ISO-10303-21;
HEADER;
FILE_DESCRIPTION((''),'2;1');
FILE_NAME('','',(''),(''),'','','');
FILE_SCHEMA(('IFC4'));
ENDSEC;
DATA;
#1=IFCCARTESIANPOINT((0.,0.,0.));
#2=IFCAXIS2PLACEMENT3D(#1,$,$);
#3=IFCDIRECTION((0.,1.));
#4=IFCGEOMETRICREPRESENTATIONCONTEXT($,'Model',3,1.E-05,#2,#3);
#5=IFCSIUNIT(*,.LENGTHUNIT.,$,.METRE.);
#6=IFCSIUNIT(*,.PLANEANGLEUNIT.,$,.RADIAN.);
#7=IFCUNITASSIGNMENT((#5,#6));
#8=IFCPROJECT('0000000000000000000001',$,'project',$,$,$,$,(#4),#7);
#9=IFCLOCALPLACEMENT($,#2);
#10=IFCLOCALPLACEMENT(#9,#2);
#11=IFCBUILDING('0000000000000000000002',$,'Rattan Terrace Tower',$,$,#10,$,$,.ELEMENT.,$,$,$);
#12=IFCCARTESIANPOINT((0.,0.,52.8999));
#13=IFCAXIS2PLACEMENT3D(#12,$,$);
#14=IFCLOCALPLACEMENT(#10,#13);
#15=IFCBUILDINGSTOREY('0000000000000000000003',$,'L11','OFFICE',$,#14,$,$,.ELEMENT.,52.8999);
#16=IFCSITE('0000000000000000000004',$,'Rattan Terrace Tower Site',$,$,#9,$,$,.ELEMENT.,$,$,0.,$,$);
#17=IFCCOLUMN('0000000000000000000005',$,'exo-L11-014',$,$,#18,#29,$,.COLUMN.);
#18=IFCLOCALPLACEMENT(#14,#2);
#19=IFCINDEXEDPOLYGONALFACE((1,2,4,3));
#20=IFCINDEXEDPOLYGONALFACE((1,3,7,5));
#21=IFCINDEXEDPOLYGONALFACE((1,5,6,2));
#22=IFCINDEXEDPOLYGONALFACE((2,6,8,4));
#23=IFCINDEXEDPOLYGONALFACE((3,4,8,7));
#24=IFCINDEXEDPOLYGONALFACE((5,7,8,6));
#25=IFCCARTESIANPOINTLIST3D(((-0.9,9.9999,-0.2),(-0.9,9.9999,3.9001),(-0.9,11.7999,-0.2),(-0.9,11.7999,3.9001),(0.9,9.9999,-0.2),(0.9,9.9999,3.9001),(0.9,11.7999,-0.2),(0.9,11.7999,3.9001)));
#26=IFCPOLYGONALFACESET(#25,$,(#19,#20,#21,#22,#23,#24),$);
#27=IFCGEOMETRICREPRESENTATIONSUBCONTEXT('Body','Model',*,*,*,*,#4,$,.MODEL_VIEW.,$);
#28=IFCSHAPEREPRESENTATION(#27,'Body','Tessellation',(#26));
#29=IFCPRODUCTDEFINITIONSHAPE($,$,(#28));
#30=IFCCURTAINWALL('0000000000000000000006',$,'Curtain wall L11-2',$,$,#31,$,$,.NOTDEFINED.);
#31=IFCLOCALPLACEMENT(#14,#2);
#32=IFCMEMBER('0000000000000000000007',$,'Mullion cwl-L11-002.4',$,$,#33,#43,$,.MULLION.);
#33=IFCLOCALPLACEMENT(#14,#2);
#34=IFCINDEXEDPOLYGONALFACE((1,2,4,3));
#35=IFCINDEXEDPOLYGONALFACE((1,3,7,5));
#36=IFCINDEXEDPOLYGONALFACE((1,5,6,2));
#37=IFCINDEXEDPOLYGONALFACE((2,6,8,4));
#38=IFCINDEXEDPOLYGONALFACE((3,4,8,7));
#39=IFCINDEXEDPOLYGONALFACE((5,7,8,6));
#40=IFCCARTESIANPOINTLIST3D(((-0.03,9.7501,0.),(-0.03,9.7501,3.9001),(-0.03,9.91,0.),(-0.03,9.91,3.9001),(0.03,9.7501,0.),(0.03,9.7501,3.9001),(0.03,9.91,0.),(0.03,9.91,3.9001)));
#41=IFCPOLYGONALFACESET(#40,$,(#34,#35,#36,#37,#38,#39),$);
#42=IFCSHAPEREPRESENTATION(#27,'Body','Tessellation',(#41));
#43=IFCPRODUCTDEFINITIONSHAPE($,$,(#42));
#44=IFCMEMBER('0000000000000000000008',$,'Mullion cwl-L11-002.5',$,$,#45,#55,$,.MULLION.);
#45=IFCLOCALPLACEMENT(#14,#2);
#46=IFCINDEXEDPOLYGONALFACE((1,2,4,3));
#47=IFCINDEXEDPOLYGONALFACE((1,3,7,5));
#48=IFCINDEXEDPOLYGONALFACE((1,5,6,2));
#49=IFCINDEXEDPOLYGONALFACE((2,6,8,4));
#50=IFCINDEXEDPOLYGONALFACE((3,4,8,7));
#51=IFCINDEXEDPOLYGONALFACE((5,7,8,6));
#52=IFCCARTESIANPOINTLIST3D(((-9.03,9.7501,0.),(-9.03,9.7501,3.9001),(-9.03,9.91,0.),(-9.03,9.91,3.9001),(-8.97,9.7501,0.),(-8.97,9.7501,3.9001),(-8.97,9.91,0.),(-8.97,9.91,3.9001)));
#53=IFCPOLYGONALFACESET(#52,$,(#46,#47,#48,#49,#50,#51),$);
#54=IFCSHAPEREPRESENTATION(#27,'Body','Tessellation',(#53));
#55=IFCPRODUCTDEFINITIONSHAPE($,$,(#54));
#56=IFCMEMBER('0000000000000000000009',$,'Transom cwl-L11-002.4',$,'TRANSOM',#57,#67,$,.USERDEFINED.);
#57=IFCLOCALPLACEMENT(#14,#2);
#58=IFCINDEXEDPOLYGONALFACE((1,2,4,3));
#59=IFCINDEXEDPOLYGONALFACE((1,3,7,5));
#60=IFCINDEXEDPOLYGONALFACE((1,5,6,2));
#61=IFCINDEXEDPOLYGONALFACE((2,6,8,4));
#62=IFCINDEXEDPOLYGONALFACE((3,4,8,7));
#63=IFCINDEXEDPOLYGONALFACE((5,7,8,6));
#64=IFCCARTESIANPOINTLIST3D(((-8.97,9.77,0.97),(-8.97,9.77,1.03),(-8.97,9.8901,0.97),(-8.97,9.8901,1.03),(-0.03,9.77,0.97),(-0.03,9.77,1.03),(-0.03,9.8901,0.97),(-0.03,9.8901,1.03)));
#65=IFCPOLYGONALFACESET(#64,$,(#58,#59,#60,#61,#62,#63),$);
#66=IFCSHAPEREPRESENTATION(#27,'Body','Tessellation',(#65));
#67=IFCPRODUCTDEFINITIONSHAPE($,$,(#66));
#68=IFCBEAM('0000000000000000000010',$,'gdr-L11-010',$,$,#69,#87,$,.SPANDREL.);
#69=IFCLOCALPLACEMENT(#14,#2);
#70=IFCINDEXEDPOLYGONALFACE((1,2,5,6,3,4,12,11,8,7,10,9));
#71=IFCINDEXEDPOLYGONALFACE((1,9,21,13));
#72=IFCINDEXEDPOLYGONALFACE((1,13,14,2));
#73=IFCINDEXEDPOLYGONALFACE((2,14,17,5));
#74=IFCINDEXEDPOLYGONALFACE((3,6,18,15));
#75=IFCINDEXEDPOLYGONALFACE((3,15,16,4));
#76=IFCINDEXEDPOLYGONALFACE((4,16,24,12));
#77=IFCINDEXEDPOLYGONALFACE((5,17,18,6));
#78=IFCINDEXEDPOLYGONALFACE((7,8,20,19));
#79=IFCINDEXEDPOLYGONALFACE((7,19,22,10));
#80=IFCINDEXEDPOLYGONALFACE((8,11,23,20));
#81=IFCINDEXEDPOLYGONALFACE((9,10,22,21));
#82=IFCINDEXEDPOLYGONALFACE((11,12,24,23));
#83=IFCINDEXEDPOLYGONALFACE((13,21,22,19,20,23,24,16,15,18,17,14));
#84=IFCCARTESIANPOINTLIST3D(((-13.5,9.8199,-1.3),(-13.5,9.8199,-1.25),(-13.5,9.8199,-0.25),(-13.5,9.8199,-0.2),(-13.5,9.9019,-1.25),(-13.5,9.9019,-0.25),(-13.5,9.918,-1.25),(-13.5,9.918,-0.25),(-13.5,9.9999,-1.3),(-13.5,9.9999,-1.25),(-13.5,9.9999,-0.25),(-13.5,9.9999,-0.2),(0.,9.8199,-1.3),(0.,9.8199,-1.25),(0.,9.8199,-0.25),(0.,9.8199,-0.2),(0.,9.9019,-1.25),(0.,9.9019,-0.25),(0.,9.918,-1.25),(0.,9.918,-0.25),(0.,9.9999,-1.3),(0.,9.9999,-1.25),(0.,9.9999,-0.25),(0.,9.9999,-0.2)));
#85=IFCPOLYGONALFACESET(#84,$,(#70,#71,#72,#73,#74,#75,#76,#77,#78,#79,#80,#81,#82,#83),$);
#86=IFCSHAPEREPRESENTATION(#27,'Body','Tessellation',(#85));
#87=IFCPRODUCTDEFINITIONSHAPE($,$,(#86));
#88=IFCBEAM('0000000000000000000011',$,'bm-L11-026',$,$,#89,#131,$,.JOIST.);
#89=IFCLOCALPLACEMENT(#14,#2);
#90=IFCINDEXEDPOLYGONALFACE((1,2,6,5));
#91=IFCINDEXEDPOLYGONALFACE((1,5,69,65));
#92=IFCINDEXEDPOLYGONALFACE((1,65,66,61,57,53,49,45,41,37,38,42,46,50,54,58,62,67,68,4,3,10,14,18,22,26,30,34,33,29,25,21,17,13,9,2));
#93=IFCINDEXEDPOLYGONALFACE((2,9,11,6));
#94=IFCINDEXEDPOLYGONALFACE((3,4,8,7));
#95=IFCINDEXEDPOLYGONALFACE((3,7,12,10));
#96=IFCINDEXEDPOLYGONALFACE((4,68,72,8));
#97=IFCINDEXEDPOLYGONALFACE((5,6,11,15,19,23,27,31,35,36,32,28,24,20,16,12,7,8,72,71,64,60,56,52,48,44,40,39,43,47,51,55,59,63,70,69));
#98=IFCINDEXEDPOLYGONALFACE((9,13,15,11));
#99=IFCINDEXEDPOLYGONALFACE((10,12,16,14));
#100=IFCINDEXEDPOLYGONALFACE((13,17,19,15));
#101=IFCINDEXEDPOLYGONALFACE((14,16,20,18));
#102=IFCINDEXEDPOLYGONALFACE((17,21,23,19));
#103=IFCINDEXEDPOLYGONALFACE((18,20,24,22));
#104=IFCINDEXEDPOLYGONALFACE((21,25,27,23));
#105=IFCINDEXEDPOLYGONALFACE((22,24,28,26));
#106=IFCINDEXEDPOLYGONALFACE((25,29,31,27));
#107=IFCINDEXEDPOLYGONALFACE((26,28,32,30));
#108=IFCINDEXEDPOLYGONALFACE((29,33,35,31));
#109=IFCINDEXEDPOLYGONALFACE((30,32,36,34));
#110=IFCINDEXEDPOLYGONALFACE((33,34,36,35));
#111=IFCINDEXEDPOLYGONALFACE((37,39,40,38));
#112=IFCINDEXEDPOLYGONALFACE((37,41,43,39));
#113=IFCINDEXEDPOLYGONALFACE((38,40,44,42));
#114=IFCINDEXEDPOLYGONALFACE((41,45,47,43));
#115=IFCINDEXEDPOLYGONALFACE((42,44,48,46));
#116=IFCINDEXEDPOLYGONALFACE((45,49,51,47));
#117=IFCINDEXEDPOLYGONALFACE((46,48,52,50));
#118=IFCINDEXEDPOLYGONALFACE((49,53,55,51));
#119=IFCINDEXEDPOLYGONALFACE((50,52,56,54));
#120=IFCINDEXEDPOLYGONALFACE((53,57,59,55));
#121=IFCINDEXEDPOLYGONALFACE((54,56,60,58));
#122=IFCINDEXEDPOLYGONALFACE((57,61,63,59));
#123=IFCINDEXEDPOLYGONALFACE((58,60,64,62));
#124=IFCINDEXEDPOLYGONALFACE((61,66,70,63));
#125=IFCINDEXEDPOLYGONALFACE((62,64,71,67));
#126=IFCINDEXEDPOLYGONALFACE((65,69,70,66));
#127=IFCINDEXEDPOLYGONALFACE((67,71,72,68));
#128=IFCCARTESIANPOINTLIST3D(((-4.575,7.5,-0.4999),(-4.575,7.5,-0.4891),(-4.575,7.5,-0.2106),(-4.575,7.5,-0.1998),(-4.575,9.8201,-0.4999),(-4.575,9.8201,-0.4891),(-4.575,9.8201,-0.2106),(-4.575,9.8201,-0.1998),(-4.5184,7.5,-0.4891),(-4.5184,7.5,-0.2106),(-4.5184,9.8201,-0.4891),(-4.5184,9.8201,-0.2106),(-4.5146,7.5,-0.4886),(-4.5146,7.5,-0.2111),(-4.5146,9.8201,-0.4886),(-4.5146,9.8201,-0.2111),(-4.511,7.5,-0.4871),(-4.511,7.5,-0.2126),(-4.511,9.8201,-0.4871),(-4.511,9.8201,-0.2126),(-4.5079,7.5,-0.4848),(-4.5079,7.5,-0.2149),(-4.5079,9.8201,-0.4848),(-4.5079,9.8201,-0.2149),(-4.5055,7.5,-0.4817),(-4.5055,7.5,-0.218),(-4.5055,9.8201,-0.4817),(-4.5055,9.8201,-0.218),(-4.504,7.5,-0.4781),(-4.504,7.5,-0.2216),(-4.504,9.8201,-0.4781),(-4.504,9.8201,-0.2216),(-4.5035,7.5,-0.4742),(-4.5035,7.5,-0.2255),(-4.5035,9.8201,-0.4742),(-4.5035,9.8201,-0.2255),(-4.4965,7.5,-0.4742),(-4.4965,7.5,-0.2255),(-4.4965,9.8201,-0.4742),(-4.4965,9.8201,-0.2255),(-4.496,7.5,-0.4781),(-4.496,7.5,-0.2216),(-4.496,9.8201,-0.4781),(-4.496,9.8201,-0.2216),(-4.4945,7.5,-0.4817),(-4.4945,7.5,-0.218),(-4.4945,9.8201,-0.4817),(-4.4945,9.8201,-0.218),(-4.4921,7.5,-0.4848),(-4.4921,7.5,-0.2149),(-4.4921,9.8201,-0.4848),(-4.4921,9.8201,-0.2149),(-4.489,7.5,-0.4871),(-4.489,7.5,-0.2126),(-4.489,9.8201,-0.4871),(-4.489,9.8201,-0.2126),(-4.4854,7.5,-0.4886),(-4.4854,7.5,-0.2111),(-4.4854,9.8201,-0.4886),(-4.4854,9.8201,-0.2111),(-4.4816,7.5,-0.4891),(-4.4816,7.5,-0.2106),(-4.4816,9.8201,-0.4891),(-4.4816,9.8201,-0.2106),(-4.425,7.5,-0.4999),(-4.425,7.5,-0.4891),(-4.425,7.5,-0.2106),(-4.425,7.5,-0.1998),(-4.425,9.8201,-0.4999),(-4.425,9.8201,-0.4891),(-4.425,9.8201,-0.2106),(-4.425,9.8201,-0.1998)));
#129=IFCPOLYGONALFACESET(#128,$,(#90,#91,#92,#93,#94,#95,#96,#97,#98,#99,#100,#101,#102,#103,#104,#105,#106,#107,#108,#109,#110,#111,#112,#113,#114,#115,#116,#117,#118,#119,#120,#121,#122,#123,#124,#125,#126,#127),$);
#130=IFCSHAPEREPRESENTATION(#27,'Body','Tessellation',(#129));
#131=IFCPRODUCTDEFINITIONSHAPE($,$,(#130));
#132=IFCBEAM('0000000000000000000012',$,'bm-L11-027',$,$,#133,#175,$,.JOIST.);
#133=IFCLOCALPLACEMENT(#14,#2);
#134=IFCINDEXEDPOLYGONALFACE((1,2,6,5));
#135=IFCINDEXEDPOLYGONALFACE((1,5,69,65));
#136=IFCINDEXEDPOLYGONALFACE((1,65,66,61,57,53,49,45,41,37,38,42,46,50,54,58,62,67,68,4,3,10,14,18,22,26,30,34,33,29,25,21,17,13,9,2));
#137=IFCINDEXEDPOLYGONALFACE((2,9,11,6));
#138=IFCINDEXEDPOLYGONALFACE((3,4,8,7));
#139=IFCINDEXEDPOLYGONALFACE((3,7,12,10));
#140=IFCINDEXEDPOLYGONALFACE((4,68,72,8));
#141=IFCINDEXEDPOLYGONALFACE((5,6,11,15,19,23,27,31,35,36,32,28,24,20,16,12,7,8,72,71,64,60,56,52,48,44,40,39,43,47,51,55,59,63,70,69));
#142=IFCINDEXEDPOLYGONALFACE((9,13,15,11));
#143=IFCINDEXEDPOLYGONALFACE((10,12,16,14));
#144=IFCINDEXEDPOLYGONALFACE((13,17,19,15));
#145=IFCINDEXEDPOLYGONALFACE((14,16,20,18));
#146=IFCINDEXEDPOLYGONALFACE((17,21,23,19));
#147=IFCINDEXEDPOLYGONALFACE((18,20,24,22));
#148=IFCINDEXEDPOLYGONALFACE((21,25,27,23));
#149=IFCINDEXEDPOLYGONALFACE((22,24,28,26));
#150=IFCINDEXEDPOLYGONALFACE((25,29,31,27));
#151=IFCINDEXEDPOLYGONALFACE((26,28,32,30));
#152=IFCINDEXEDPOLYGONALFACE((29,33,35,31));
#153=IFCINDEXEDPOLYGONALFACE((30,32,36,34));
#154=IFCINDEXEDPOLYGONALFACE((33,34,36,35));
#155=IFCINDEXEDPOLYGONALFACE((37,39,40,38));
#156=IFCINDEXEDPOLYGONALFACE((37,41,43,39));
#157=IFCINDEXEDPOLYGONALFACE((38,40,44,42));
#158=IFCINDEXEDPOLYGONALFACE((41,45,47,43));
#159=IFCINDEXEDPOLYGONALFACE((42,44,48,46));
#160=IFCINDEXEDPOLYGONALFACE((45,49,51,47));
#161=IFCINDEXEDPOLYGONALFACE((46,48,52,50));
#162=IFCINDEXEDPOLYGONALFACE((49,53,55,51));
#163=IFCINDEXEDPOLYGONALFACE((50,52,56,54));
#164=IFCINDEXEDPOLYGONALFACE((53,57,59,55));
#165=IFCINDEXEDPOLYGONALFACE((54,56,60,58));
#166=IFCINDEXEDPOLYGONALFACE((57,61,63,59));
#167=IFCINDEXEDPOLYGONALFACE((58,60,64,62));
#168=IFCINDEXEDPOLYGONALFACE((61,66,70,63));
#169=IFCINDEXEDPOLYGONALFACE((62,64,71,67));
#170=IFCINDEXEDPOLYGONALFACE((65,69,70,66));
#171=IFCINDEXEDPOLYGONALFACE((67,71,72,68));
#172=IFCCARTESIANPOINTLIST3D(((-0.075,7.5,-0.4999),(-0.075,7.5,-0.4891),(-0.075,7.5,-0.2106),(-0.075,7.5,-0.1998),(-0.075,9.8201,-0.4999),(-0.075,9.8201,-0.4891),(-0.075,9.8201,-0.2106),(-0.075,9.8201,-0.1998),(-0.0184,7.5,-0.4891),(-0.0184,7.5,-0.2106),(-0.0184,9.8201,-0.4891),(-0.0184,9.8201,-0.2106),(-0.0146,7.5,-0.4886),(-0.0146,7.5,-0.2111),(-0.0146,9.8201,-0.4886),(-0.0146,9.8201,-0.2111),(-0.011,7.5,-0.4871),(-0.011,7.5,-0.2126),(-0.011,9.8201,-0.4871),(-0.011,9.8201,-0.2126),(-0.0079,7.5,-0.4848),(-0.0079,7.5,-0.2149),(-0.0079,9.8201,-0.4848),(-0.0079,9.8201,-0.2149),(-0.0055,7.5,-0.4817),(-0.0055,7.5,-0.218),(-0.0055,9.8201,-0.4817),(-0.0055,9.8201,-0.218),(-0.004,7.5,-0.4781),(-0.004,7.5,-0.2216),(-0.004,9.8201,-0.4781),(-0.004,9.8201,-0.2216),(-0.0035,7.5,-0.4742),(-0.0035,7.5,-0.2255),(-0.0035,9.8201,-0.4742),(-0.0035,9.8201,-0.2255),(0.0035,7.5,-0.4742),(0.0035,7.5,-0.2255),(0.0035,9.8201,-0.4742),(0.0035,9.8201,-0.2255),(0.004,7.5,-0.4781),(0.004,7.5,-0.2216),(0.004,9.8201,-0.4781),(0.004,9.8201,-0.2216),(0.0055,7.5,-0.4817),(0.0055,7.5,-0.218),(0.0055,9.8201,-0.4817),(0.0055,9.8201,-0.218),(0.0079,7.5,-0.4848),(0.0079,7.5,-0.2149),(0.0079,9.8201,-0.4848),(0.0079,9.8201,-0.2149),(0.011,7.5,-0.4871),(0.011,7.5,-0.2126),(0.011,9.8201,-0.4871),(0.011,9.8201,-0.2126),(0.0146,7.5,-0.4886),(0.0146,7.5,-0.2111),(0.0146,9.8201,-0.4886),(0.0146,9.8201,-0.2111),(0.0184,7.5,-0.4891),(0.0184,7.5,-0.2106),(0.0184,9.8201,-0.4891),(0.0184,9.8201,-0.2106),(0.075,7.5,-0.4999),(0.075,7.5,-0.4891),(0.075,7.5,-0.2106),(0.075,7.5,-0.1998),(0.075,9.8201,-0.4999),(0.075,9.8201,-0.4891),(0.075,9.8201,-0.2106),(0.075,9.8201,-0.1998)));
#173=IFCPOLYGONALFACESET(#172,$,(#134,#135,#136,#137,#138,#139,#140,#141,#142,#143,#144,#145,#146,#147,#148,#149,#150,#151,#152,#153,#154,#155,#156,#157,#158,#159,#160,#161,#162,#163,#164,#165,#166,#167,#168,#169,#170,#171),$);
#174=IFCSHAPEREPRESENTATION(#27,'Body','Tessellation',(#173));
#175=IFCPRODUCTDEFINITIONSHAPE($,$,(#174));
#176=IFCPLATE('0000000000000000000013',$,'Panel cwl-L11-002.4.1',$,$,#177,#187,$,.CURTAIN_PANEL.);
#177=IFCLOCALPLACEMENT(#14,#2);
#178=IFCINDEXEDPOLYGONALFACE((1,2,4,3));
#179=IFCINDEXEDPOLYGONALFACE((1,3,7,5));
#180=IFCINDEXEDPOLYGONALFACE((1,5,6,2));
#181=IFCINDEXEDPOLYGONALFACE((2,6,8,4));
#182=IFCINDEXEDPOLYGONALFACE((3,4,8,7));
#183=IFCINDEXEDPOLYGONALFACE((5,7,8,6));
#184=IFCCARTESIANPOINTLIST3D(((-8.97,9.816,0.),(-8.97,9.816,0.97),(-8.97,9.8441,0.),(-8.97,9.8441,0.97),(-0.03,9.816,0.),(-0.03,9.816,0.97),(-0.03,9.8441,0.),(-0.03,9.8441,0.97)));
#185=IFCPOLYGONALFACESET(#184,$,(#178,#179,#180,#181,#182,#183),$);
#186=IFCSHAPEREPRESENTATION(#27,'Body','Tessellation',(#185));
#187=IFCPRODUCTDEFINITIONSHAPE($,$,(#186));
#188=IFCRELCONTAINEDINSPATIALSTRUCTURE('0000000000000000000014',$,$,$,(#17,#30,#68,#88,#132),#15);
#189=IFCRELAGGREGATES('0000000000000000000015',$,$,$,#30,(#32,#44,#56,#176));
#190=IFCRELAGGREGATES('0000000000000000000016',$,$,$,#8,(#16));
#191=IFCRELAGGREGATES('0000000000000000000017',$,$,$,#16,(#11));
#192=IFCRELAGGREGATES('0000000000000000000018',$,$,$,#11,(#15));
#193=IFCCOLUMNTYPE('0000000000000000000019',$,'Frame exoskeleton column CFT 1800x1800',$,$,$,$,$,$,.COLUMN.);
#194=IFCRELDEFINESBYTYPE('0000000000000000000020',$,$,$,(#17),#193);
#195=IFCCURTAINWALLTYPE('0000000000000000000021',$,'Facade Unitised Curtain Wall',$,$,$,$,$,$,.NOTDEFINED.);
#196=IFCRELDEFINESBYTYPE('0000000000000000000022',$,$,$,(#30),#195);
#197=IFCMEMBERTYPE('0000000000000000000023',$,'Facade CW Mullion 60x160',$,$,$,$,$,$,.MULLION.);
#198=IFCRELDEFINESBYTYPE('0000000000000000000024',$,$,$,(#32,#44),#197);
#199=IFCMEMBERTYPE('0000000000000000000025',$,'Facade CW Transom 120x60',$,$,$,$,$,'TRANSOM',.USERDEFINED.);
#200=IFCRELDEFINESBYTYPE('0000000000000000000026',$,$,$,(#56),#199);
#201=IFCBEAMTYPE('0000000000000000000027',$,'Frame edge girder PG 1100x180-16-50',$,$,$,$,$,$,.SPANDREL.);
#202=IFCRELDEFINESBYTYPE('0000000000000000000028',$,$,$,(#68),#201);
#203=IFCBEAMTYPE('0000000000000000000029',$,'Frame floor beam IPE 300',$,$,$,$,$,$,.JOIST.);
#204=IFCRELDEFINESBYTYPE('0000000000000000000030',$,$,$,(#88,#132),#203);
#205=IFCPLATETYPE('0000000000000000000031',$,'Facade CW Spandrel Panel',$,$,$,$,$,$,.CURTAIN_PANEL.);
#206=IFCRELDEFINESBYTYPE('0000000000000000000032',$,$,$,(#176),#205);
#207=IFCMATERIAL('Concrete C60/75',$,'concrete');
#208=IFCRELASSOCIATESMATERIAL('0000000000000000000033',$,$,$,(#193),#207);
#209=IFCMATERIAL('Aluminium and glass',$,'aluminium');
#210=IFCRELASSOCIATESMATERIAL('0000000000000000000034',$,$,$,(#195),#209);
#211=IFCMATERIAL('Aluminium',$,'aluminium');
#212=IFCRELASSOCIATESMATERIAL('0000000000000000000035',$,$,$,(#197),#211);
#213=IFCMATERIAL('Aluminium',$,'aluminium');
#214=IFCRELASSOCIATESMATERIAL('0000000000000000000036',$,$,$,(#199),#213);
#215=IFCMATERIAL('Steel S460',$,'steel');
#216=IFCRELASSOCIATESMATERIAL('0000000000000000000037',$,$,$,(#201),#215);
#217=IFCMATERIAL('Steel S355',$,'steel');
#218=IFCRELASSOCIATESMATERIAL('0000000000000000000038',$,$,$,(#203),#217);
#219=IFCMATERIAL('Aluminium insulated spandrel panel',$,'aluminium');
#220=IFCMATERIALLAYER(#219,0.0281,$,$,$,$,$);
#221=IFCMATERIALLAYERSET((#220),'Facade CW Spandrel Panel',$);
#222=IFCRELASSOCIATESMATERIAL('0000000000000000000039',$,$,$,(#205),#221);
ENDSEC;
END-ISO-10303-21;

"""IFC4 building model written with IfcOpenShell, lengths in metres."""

from ifc_helpers import new_model, si_unit, direction, frame, origin, origin_2d, place, context, subcontext, project, spatial, rectangle, i_section, extrude, material, layer, layer_set, material_profile, profile_set, type_object, element, aggregate, save


model = new_model("IFC4")

# Units and contexts
model_context = context("Model", 3, precision=1e-05, world=origin(), true_north=direction((0.0, 1.0)))
body_context = subcontext(model_context, "Body", "Model", "MODEL_VIEW")
ifc_project = project(units=[si_unit("LENGTHUNIT", "METRE"), si_unit("PLANEANGLEUNIT", "RADIAN")], contexts=[model_context])

# Site, building, storey
site_placement = place(None, origin())
site = spatial("IfcSite", under=ifc_project, at=site_placement, Name="Rattan Terrace Tower Site", CompositionType="ELEMENT", RefElevation=0.0)
building_placement = place(site_placement, origin())
building = spatial("IfcBuilding", under=site, at=building_placement, Name="Rattan Terrace Tower", CompositionType="ELEMENT")
storey_placement = place(building_placement, frame((0.0, 0.0, 52.8999)))
storey = spatial("IfcBuildingStorey", under=building, at=storey_placement, Name="L11", Description="OFFICE", CompositionType="ELEMENT", Elevation=52.8999)

# Column
ifc_material_1 = material(Name="Concrete C60/75", Category="concrete")
ifc_material_profile_1 = material_profile(ifc_material_1, rectangle(XDim=1.8, YDim=1.8, at=origin_2d()), Name="CFT 1800x1800")
ifc_profile_set_1 = profile_set([ifc_material_profile_1], Name="Concrete C60/75")
column_type = type_object("IfcColumnType", Name="Frame exoskeleton column CFT 1800x1800", PredefinedType="COLUMN", material=ifc_profile_set_1)
column_placement = place(storey_placement, frame((0.0, 10.8999, -0.2), z_axis=(0.0, 0.0, 1.0), x_axis=(1.0, 0.0, 0.0)))
element("IfcColumn", 1, at=column_placement, inside=storey, type_object=column_type, Name="exo-L11-014", PredefinedType="COLUMN", context=body_context, shape_type="SweptSolid", body=[
    extrude(rectangle(XDim=1.8, YDim=1.8, at=origin_2d()), origin(), (0.0, 0.0, 1.0), 4.1001),
])

# Curtain wall, members
ifc_material_2 = material(Name="Aluminium and glass", Category="aluminium")
curtain_wall_type = type_object("IfcCurtainWallType", Name="Facade Unitised Curtain Wall", PredefinedType="NOTDEFINED", material=ifc_material_2)
curtain_wall_placement = place(storey_placement, origin())
curtain_wall = element("IfcCurtainWall", 2, at=curtain_wall_placement, inside=storey, type_object=curtain_wall_type, Name="Curtain wall L11-2", PredefinedType="NOTDEFINED")
ifc_material_3 = material(Name="Aluminium", Category="aluminium")
ifc_material_profile_2 = material_profile(ifc_material_3, rectangle(XDim=0.0601, YDim=0.1599, at=origin_2d()), Name="Aluminium 60x160")
ifc_profile_set_2 = profile_set([ifc_material_profile_2], Name="Aluminium")
member_type_1 = type_object("IfcMemberType", Name="Facade CW Mullion 60x160", PredefinedType="MULLION", material=ifc_profile_set_2)
member_1_placement = place(storey_placement, frame((0.0, 9.8301, 0.0), z_axis=(0.0, 0.0, 1.0), x_axis=(-1.0, 0.0, 0.0)))
member_1 = element("IfcMember", 3, at=member_1_placement, type_object=member_type_1, Name="Mullion cwl-L11-002.4", PredefinedType="MULLION", context=body_context, shape_type="SweptSolid", body=[
    extrude(rectangle(XDim=0.0601, YDim=0.1599, at=origin_2d()), origin(), (0.0, 0.0, 1.0), 3.9001),
])
member_2_placement = place(storey_placement, frame((-9.0, 9.8301, 0.0), z_axis=(0.0, 0.0, 1.0), x_axis=(-1.0, 0.0, 0.0)))
member_2 = element("IfcMember", 4, at=member_2_placement, type_object=member_type_1, Name="Mullion cwl-L11-002.5", PredefinedType="MULLION", context=body_context, shape_type="SweptSolid", body=[
    extrude(rectangle(XDim=0.0601, YDim=0.1599, at=origin_2d()), origin(), (0.0, 0.0, 1.0), 3.9001),
])
ifc_material_4 = material(Name="Aluminium", Category="aluminium")
ifc_material_profile_3 = material_profile(ifc_material_4, rectangle(XDim=0.1201, YDim=0.0601, at=origin_2d()), Name="Aluminium 120x60")
ifc_profile_set_3 = profile_set([ifc_material_profile_3], Name="Aluminium")
member_type_2 = type_object("IfcMemberType", Name="Facade CW Transom 120x60", ElementType="TRANSOM", PredefinedType="USERDEFINED", material=ifc_profile_set_3)
member_3_placement = place(storey_placement, frame((-0.03, 9.8301, 1.0), z_axis=(-1.0, 0.0, 0.0), x_axis=(0.0, -1.0, 0.0)))
member_3 = element("IfcMember", 5, at=member_3_placement, type_object=member_type_2, Name="Transom cwl-L11-002.4", ObjectType="TRANSOM", PredefinedType="USERDEFINED", context=body_context, shape_type="SweptSolid", body=[
    extrude(rectangle(XDim=0.1201, YDim=0.0601, at=origin_2d()), origin(), (0.0, 0.0, 1.0), 8.9399),
])

# Beams
ifc_material_5 = material(Name="Steel S460", Category="steel")
ifc_material_profile_4 = material_profile(ifc_material_5, i_section(OverallWidth=0.1799, OverallDepth=1.1001, WebThickness=0.0161, FlangeThickness=0.05, at=origin_2d()), Name="PG 1100x180-16-50")
ifc_profile_set_4 = profile_set([ifc_material_profile_4], Name="Steel S460")
beam_type_1 = type_object("IfcBeamType", Name="Frame edge girder PG 1100x180-16-50", PredefinedType="SPANDREL", material=ifc_profile_set_4)
beam_placement = place(storey_placement, frame((0.0, 9.9099, -0.75), z_axis=(-1.0, 0.0, 0.0), x_axis=(0.0, -1.0, 0.0)))
element("IfcBeam", 6, at=beam_placement, inside=storey, type_object=beam_type_1, Name="gdr-L11-010", PredefinedType="SPANDREL", context=body_context, shape_type="SweptSolid", body=[
    extrude(i_section(OverallWidth=0.1799, OverallDepth=1.1001, WebThickness=0.0161, FlangeThickness=0.05, at=origin_2d()), origin(), (0.0, 0.0, 1.0), 13.5),
])
ifc_material_6 = material(Name="Steel S355", Category="steel")
ifc_material_profile_5 = material_profile(ifc_material_6, i_section(OverallWidth=0.1499, OverallDepth=0.3, WebThickness=0.0071, FlangeThickness=0.0107, FilletRadius=0.0149, at=origin_2d()), Name="IPE 300")
ifc_profile_set_5 = profile_set([ifc_material_profile_5], Name="Steel S355")
beam_type_2 = type_object("IfcBeamType", Name="Frame floor beam IPE 300", PredefinedType="JOIST", material=ifc_profile_set_5)
for number, where, z_axis, x_axis, name in (
    (7, (-4.5, 7.5, -0.3499), (0.0, 1.0, 0.0), (-1.0, 0.0, 0.0), "bm-L11-026"),
    (8, (0.0, 7.5, -0.3499), (0.0, 1.0, 0.0), (-1.0, 0.0, 0.0), "bm-L11-027"),
):
    element("IfcBeam", number, at=place(storey_placement, frame(where, z_axis=z_axis, x_axis=x_axis)), inside=storey, type_object=beam_type_2, Name=name, PredefinedType="JOIST", context=body_context, shape_type="SweptSolid", body=[
        extrude(i_section(OverallWidth=0.1499, OverallDepth=0.3, WebThickness=0.0071, FlangeThickness=0.0107, FilletRadius=0.0149, at=origin_2d()), origin(), (0.0, 0.0, 1.0), 2.3201),
    ])

# Plate
ifc_material_7 = material(Name="Aluminium insulated spandrel panel", Category="aluminium")
ifc_layer_1 = layer(ifc_material_7, 0.0281)
ifc_layer_set_1 = layer_set([ifc_layer_1], Name="Facade CW Spandrel Panel")
plate_type_1 = type_object("IfcPlateType", Name="Facade CW Spandrel Panel", PredefinedType="CURTAIN_PANEL", material=ifc_layer_set_1)
plate_1_placement = place(storey_placement, frame((-4.5, 9.8301, 0.0), z_axis=(0.0, 0.0, 1.0), x_axis=(-1.0, 0.0, 0.0)))
plate_1 = element("IfcPlate", 9, at=plate_1_placement, type_object=plate_type_1, Name="Panel cwl-L11-002.4.1", PredefinedType="CURTAIN_PANEL", context=body_context, shape_type="SweptSolid", body=[
    extrude(rectangle(XDim=8.9399, YDim=0.0281, at=origin_2d()), origin(), (0.0, 0.0, 1.0), 0.97),
])
aggregate(curtain_wall, [member_1, member_2, member_3, plate_1])

save(model, "model.ifc")
